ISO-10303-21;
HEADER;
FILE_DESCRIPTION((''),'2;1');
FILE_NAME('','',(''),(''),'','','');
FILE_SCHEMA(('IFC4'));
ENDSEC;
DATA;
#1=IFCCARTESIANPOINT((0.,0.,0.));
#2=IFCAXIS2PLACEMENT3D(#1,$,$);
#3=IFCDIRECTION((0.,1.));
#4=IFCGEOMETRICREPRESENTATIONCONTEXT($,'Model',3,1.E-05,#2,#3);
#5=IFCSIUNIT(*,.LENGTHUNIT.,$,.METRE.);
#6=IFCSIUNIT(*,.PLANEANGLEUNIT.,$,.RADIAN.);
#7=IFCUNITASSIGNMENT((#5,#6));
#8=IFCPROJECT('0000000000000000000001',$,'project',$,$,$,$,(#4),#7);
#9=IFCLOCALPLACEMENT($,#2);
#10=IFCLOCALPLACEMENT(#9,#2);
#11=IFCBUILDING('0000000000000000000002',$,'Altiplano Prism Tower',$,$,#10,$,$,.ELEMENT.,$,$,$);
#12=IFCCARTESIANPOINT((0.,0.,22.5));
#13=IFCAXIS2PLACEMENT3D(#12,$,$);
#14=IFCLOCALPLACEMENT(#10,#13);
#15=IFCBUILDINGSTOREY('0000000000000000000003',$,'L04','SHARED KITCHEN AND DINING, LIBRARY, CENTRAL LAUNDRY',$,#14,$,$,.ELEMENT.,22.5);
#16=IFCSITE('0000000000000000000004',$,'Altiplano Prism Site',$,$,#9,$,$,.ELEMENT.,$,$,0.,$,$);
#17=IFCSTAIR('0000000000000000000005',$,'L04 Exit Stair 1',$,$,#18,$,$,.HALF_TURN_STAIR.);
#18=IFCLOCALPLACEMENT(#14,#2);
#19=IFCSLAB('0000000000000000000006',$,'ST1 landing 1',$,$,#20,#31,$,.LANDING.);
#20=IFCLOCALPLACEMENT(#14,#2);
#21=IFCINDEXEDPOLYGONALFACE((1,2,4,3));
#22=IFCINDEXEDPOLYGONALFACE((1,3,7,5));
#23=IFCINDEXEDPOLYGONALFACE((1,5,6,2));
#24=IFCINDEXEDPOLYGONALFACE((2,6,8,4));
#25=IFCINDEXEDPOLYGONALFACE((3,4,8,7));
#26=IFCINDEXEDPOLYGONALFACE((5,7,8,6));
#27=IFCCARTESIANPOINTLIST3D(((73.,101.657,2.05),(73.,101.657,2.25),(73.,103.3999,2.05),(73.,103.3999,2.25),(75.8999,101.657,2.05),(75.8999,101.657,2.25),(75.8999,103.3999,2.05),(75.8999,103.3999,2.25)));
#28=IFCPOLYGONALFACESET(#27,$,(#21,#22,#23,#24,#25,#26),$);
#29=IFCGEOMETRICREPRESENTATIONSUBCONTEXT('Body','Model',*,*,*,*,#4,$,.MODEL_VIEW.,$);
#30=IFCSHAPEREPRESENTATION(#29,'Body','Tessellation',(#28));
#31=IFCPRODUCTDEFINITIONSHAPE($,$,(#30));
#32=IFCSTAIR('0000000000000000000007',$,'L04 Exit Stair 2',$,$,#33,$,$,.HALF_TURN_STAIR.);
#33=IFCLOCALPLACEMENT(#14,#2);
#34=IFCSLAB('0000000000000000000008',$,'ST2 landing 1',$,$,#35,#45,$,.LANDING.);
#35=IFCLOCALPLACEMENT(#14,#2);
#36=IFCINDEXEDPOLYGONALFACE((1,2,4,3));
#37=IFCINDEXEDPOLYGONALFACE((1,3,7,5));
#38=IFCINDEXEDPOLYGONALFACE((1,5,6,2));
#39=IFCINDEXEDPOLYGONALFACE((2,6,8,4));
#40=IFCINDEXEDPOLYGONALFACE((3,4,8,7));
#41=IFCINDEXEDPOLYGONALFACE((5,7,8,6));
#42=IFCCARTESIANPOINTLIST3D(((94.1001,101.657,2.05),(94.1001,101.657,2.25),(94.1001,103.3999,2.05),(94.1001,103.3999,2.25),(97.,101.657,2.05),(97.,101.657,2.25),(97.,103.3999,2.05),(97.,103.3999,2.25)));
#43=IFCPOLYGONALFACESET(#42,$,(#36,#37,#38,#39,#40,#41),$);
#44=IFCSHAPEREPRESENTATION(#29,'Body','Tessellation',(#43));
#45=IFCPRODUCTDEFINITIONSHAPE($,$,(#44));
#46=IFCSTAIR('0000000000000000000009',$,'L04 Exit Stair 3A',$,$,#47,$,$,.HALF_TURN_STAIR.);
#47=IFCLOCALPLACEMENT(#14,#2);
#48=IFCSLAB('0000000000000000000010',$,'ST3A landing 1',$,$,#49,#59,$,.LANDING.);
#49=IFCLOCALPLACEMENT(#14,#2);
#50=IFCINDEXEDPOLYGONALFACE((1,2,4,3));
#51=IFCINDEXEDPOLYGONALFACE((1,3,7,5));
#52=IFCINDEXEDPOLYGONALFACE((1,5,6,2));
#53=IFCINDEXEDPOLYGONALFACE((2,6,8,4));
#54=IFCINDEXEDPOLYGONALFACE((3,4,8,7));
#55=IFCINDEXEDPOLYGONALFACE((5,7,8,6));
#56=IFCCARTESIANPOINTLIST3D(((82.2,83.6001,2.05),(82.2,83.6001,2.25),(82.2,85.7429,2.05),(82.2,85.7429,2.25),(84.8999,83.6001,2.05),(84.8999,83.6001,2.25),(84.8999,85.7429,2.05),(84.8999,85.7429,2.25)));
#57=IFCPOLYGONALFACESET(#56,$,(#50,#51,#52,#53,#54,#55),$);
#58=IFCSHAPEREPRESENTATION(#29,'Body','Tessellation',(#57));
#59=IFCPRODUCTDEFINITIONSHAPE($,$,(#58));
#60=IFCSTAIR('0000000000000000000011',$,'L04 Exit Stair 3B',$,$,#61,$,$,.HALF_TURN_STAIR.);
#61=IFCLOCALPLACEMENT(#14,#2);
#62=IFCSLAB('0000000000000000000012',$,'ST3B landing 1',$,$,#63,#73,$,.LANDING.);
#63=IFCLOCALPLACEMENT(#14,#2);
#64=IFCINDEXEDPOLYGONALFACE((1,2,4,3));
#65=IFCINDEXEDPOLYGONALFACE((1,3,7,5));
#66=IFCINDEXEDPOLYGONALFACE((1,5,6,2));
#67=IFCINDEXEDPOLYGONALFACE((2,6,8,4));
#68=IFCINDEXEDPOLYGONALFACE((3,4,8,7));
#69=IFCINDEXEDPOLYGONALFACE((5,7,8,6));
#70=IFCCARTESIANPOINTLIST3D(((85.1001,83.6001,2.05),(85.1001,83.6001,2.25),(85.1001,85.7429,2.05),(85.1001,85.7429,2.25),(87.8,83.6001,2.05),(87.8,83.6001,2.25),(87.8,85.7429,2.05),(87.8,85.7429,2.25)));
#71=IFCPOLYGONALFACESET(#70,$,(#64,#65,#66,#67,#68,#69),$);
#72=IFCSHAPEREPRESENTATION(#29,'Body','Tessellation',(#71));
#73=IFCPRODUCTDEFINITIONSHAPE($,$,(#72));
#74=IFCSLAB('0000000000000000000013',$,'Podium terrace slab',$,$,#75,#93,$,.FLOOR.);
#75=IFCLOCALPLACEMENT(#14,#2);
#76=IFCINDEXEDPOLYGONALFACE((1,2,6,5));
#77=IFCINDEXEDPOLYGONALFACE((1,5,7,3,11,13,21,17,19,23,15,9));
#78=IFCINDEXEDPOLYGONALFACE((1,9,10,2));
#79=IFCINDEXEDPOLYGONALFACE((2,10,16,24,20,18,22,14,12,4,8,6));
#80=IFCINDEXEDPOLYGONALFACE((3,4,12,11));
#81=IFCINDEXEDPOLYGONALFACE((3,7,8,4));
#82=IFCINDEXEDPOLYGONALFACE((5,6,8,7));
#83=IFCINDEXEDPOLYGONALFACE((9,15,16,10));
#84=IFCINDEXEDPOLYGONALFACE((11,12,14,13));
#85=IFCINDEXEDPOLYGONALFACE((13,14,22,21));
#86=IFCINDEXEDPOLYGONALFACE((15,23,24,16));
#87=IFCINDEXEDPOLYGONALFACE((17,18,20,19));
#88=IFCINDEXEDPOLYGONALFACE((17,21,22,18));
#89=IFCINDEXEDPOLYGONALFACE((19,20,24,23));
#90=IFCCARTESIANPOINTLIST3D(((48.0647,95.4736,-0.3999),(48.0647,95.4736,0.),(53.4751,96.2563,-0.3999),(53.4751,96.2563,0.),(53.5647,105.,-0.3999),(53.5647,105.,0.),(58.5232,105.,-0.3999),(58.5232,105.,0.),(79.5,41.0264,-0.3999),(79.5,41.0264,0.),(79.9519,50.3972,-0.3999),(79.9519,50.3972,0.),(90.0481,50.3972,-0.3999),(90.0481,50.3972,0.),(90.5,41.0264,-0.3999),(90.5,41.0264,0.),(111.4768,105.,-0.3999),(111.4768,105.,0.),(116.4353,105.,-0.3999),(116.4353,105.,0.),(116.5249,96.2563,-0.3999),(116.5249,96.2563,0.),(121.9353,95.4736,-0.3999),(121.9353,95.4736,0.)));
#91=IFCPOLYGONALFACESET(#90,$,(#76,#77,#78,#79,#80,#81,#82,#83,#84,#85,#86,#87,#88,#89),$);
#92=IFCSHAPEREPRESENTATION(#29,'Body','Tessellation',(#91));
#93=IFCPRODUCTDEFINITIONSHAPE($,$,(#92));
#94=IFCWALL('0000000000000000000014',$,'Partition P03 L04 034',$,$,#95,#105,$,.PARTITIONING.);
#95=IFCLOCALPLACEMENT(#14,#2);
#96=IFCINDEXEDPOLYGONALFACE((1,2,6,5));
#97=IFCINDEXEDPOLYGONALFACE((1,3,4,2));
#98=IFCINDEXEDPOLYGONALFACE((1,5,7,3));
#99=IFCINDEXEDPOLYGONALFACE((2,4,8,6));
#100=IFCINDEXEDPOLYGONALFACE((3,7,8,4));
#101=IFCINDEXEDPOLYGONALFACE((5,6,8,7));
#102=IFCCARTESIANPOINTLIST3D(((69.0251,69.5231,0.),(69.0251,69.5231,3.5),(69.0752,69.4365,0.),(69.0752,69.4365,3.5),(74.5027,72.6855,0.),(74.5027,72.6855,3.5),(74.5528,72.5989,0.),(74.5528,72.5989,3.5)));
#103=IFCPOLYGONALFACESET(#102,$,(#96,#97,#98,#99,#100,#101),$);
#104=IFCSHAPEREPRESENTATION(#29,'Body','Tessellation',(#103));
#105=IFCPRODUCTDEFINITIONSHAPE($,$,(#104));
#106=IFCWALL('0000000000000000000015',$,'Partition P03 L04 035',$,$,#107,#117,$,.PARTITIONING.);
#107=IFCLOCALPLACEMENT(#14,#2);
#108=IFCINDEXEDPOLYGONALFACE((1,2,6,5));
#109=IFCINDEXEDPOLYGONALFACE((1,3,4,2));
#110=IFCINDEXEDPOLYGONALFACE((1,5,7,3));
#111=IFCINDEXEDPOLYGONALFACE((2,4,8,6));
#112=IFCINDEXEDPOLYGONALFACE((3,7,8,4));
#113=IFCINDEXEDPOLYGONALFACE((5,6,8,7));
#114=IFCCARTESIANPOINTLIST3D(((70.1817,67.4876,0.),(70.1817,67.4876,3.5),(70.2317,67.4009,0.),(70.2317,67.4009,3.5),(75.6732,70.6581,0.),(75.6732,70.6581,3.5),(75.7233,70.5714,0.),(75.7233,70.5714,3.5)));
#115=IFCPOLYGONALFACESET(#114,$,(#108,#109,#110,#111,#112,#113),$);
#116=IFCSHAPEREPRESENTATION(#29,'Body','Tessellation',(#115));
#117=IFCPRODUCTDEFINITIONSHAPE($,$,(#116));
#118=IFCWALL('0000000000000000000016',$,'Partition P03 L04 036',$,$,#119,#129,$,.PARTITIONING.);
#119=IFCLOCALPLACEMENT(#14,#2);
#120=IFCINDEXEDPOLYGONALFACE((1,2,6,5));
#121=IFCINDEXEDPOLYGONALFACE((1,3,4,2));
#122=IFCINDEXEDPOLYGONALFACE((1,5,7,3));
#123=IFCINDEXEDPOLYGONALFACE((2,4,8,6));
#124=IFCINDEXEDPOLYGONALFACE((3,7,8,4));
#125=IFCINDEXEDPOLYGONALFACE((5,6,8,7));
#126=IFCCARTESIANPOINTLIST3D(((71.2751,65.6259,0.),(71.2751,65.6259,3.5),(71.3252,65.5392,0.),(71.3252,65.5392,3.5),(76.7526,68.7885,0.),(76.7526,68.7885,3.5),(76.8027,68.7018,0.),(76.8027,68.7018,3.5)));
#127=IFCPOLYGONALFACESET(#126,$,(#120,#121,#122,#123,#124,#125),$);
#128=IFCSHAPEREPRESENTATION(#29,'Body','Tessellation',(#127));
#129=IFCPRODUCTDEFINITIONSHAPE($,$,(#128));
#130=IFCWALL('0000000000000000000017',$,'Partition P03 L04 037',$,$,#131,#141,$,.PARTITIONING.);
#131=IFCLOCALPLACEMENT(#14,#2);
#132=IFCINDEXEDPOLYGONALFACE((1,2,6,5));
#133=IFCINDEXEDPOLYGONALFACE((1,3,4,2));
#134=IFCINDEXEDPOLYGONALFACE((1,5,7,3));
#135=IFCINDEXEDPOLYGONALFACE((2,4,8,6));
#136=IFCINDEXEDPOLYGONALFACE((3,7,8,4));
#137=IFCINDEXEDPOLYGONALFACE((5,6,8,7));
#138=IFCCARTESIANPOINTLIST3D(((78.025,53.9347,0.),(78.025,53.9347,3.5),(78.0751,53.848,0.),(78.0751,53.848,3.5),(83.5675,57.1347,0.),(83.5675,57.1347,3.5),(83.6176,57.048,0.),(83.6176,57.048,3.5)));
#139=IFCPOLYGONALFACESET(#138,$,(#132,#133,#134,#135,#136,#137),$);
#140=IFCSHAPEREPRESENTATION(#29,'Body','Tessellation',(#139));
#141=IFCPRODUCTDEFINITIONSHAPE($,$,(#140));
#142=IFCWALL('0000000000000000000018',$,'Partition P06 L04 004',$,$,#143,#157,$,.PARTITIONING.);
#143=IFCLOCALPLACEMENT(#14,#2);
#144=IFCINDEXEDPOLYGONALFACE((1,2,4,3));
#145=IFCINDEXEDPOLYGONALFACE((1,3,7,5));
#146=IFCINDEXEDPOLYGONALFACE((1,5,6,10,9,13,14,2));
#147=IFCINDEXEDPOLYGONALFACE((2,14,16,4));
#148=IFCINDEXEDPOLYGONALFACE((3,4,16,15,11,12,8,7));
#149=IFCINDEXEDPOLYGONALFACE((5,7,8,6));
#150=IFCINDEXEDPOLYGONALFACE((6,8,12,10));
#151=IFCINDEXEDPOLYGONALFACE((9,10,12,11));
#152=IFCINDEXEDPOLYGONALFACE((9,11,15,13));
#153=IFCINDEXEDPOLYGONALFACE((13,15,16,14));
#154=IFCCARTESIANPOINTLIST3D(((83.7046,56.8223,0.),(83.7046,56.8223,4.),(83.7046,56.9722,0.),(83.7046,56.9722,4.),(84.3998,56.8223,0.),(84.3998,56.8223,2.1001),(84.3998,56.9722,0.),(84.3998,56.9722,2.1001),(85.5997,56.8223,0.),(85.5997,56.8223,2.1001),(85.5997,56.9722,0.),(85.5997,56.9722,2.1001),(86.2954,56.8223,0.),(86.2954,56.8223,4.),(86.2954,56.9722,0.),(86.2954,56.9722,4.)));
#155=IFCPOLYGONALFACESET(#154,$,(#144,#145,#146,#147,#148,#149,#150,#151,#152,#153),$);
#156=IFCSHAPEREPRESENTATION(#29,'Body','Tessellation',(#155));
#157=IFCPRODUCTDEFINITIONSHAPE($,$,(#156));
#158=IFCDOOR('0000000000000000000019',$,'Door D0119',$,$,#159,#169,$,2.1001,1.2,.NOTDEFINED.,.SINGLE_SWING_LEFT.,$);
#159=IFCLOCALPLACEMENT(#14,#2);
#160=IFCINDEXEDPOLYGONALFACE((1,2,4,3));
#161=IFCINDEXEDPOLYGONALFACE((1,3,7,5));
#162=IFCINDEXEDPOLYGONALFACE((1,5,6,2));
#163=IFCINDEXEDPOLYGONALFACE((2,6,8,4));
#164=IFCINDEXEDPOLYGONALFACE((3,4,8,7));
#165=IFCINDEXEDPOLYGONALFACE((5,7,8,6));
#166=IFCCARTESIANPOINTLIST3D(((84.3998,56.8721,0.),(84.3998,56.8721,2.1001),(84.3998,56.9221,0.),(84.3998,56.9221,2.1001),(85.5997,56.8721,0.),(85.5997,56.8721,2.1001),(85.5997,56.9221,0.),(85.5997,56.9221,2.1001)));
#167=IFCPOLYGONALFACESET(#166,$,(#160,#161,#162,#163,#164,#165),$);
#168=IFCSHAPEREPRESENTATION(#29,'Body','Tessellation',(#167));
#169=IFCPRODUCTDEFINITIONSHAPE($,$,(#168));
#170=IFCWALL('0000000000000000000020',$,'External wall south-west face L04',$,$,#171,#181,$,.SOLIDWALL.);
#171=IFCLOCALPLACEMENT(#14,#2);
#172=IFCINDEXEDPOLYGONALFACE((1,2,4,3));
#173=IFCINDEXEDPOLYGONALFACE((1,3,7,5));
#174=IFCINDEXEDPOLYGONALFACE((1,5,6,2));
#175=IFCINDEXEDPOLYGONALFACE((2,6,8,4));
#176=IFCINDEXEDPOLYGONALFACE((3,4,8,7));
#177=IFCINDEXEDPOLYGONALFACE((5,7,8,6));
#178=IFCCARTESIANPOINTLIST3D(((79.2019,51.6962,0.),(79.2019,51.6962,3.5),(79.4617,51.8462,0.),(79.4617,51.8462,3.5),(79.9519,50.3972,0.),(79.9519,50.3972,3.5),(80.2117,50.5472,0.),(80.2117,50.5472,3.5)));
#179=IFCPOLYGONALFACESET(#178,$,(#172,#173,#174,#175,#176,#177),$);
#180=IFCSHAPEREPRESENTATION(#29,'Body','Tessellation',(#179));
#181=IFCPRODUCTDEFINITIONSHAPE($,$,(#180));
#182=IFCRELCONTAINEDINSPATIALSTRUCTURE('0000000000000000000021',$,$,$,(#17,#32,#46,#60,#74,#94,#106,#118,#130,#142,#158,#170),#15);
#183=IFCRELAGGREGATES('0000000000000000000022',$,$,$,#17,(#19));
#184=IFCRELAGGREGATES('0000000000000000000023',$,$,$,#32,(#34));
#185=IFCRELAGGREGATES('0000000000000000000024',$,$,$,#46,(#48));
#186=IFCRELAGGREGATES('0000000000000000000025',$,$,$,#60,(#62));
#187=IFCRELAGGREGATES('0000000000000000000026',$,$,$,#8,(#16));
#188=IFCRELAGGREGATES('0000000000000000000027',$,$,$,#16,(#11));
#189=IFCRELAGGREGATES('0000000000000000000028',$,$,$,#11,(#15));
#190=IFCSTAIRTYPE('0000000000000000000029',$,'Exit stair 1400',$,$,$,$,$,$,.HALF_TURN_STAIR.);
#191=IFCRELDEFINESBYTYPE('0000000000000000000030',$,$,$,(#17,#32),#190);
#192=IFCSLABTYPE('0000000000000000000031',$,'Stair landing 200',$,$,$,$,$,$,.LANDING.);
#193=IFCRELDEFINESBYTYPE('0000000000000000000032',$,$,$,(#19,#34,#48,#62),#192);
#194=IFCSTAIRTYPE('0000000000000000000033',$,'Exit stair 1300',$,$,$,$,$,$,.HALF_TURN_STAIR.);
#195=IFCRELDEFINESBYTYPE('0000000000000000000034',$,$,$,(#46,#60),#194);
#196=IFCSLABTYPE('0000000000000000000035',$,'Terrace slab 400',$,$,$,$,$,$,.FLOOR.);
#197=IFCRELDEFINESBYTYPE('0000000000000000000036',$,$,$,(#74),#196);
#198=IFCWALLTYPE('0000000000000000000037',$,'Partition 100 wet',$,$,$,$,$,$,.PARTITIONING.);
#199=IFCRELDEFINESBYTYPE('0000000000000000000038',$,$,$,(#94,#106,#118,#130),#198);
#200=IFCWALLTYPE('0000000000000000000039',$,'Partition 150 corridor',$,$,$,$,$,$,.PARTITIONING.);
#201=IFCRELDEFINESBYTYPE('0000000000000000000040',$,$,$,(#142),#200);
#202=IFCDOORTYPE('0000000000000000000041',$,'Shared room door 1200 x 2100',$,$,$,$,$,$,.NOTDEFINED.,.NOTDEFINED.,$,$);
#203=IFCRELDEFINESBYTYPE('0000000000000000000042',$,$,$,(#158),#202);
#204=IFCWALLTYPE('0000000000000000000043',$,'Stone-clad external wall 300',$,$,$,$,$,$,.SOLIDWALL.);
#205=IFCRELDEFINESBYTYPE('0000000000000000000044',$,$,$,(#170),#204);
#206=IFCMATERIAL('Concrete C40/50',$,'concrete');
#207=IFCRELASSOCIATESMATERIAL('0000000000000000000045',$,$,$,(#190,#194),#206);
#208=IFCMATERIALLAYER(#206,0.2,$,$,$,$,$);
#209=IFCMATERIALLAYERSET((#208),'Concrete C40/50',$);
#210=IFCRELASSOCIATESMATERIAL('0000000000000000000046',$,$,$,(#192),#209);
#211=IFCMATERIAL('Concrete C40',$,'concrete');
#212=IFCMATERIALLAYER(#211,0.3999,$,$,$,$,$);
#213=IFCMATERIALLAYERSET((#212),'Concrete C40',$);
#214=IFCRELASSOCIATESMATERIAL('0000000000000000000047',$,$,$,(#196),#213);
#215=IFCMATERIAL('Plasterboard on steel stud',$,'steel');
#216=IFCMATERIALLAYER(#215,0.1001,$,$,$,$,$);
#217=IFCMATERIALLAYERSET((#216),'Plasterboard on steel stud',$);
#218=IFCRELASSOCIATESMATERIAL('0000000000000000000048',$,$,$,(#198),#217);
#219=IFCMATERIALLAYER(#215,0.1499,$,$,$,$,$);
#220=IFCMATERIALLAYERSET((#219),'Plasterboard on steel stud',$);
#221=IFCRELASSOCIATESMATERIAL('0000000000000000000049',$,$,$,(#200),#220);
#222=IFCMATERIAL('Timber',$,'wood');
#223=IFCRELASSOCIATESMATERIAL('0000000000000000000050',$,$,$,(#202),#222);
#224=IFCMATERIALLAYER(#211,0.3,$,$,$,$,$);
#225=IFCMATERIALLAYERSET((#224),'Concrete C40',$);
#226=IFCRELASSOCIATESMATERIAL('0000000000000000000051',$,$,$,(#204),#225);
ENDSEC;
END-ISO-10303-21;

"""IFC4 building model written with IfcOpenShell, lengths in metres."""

from ifc_helpers import new_model, si_unit, direction, frame, frame_2d, origin, place, context, subcontext, project, spatial, polyline, rectangle, outline, extrude, material, layer, layer_set, type_object, element, fill, aggregate, save


model = new_model("IFC4")

# Units and contexts
model_context = context("Model", 3, precision=1e-05, world=origin(), true_north=direction((0.0, 1.0)))
body_context = subcontext(model_context, "Body", "Model", "MODEL_VIEW")
ifc_project = project(units=[si_unit("LENGTHUNIT", "METRE"), si_unit("PLANEANGLEUNIT", "RADIAN")], contexts=[model_context])

# Site, building, storey
site_placement = place(None, origin())
site = spatial("IfcSite", under=ifc_project, at=site_placement, Name="Altiplano Prism Site", CompositionType="ELEMENT", RefElevation=0.0)
building_placement = place(site_placement, origin())
building = spatial("IfcBuilding", under=site, at=building_placement, Name="Altiplano Prism Tower", CompositionType="ELEMENT")
storey_placement = place(building_placement, frame((0.0, 0.0, 22.5)))
storey = spatial("IfcBuildingStorey", under=building, at=storey_placement, Name="L04", Description="SHARED KITCHEN AND DINING, LIBRARY, CENTRAL LAUNDRY", CompositionType="ELEMENT", Elevation=22.5)

# Shared definitions
ifc_material_1 = material(Name="Concrete C40/50", Category="concrete")

# Stairs, slabs
stair_type_1 = type_object("IfcStairType", Name="Exit stair 1400", PredefinedType="HALF_TURN_STAIR", material=ifc_material_1)
stair_1_placement = place(storey_placement, origin())
stair_1 = element("IfcStair", 1, at=stair_1_placement, inside=storey, type_object=stair_type_1, Name="L04 Exit Stair 1", PredefinedType="HALF_TURN_STAIR")
ifc_layer_1 = layer(ifc_material_1, 0.2)
ifc_layer_set_1 = layer_set([ifc_layer_1], Name="Concrete C40/50")
slab_type_1 = type_object("IfcSlabType", Name="Stair landing 200", PredefinedType="LANDING", material=ifc_layer_set_1)
slab_1_placement = place(storey_placement, frame((0.0, 0.0, 2.05)))
slab_1 = element("IfcSlab", 2, at=slab_1_placement, type_object=slab_type_1, Name="ST1 landing 1", PredefinedType="LANDING", context=body_context, shape_type="SweptSolid", body=[
    extrude(outline(polyline([(75.8999, 101.657), (75.8999, 103.3999), (73.0, 103.3999), (73.0, 101.657), (75.8999, 101.657)])), origin(), (0.0, 0.0, 1.0), 0.2),
])
aggregate(stair_1, [slab_1])
stair_2_placement = place(storey_placement, origin())
stair_2 = element("IfcStair", 3, at=stair_2_placement, inside=storey, type_object=stair_type_1, Name="L04 Exit Stair 2", PredefinedType="HALF_TURN_STAIR")
slab_2_placement = place(storey_placement, frame((0.0, 0.0, 2.05)))
slab_2 = element("IfcSlab", 4, at=slab_2_placement, type_object=slab_type_1, Name="ST2 landing 1", PredefinedType="LANDING", context=body_context, shape_type="SweptSolid", body=[
    extrude(outline(polyline([(97.0, 101.657), (97.0, 103.3999), (94.1001, 103.3999), (94.1001, 101.657), (97.0, 101.657)])), origin(), (0.0, 0.0, 1.0), 0.2),
])
aggregate(stair_2, [slab_2])
stair_type_2 = type_object("IfcStairType", Name="Exit stair 1300", PredefinedType="HALF_TURN_STAIR", material=ifc_material_1)
stair_3_placement = place(storey_placement, origin())
stair_3 = element("IfcStair", 5, at=stair_3_placement, inside=storey, type_object=stair_type_2, Name="L04 Exit Stair 3A", PredefinedType="HALF_TURN_STAIR")
slab_3_placement = place(storey_placement, frame((0.0, 0.0, 2.05)))
slab_3 = element("IfcSlab", 6, at=slab_3_placement, type_object=slab_type_1, Name="ST3A landing 1", PredefinedType="LANDING", context=body_context, shape_type="SweptSolid", body=[
    extrude(outline(polyline([(82.2, 85.7429), (82.2, 83.6001), (84.8999, 83.6001), (84.8999, 85.7429), (82.2, 85.7429)])), origin(), (0.0, 0.0, 1.0), 0.2),
])
aggregate(stair_3, [slab_3])
stair_4_placement = place(storey_placement, origin())
stair_4 = element("IfcStair", 7, at=stair_4_placement, inside=storey, type_object=stair_type_2, Name="L04 Exit Stair 3B", PredefinedType="HALF_TURN_STAIR")
slab_4_placement = place(storey_placement, frame((0.0, 0.0, 2.05)))
slab_4 = element("IfcSlab", 8, at=slab_4_placement, type_object=slab_type_1, Name="ST3B landing 1", PredefinedType="LANDING", context=body_context, shape_type="SweptSolid", body=[
    extrude(outline(polyline([(85.1001, 85.7429), (85.1001, 83.6001), (87.8, 83.6001), (87.8, 85.7429), (85.1001, 85.7429)])), origin(), (0.0, 0.0, 1.0), 0.2),
])
aggregate(stair_4, [slab_4])

# Slab
ifc_material_2 = material(Name="Concrete C40", Category="concrete")
ifc_layer_2 = layer(ifc_material_2, 0.3999)
ifc_layer_set_2 = layer_set([ifc_layer_2], Name="Concrete C40")
slab_type_2 = type_object("IfcSlabType", Name="Terrace slab 400", PredefinedType="FLOOR", material=ifc_layer_set_2)
slab_5_placement = place(storey_placement, frame((0.0, 0.0, -0.3999)))
element("IfcSlab", 9, at=slab_5_placement, inside=storey, type_object=slab_type_2, Name="Podium terrace slab", PredefinedType="FLOOR", context=body_context, shape_type="SweptSolid", body=[
    extrude(outline(polyline([(111.4768, 105.0), (116.5249, 96.2563), (90.0481, 50.3972), (79.9519, 50.3972), (53.4751, 96.2563), (58.5232, 105.0), (53.5647, 105.0), (48.0647, 95.4736), (79.5, 41.0264), (90.5, 41.0264), (121.9353, 95.4736), (116.4353, 105.0), (111.4768, 105.0)])), origin(), (0.0, 0.0, 1.0), 0.3999),
])

# Walls
ifc_material_3 = material(Name="Plasterboard on steel stud", Category="steel")
ifc_layer_3 = layer(ifc_material_3, 0.1001)
ifc_layer_set_3 = layer_set([ifc_layer_3], Name="Plasterboard on steel stud")
wall_type_1 = type_object("IfcWallType", Name="Partition 100 wet", PredefinedType="PARTITIONING", material=ifc_layer_set_3)
wall_1_placement = place(storey_placement, frame((69.05, 69.4797, 0.0), z_axis=(0.0, 0.0, 1.0), x_axis=(0.866033, 0.499988, 0.0)))
element("IfcWall", 10, at=wall_1_placement, inside=storey, type_object=wall_type_1, Name="Partition P03 L04 034", PredefinedType="PARTITIONING", context=body_context, shape_type="SweptSolid", body=[
    extrude(rectangle(XDim=6.325, YDim=0.1001, at=frame_2d((3.1626, 0.0))), origin(), (0.0, 0.0, 1.0), 3.5),
])
wall_2_placement = place(storey_placement, frame((70.2068, 67.4443, 0.0), z_axis=(0.0, 0.0, 1.0), x_axis=(0.866031, 0.49999, 0.0)))
element("IfcWall", 11, at=wall_2_placement, inside=storey, type_object=wall_type_1, Name="Partition P03 L04 035", PredefinedType="PARTITIONING", context=body_context, shape_type="SweptSolid", body=[
    extrude(rectangle(XDim=6.3411, YDim=0.1001, at=frame_2d((3.1704, 0.0))), origin(), (0.0, 0.0, 1.0), 3.5),
])
wall_3_placement = place(storey_placement, frame((71.3, 65.5825, 0.0), z_axis=(0.0, 0.0, 1.0), x_axis=(0.866016, 0.500016, 0.0)))
element("IfcWall", 12, at=wall_3_placement, inside=storey, type_object=wall_type_1, Name="Partition P03 L04 036", PredefinedType="PARTITIONING", context=body_context, shape_type="SweptSolid", body=[
    extrude(rectangle(XDim=6.325, YDim=0.1001, at=frame_2d((3.1626, 0.0))), origin(), (0.0, 0.0, 1.0), 3.5),
])
wall_4_placement = place(storey_placement, frame((78.05, 53.8914, 0.0), z_axis=(0.0, 0.0, 1.0), x_axis=(0.866025, 0.5, 0.0)))
element("IfcWall", 13, at=wall_4_placement, inside=storey, type_object=wall_type_1, Name="Partition P03 L04 037", PredefinedType="PARTITIONING", context=body_context, shape_type="SweptSolid", body=[
    extrude(rectangle(XDim=6.3999, YDim=0.1001, at=frame_2d((3.2, 0.0))), origin(), (0.0, 0.0, 1.0), 3.5),
])

# Wall, opening, door
ifc_layer_4 = layer(ifc_material_3, 0.1499)
ifc_layer_set_4 = layer_set([ifc_layer_4], Name="Plasterboard on steel stud")
wall_type_2 = type_object("IfcWallType", Name="Partition 150 corridor", PredefinedType="PARTITIONING", material=ifc_layer_set_4)
wall_5_placement = place(storey_placement, frame((83.7046, 56.8972, 0.0), z_axis=(0.0, 0.0, 1.0), x_axis=(1.0, 0.0, 0.0)))
wall_5 = element("IfcWall", 14, at=wall_5_placement, inside=storey, type_object=wall_type_2, Name="Partition P06 L04 004", PredefinedType="PARTITIONING", context=body_context, shape_type="SweptSolid", body=[
    extrude(rectangle(XDim=2.5908, YDim=0.1499, at=frame_2d((1.2954, 0.0))), origin(), (0.0, 0.0, 1.0), 4.0),
])
opening_placement = place(wall_5_placement, frame((0.6951, 0.0, 0.0)))
opening = element("IfcOpeningElement", 15, at=opening_placement, cuts=wall_5, PredefinedType="OPENING", context=body_context, shape_type="SweptSolid", body=[
    extrude(rectangle(XDim=1.2, YDim=2.1001, at=frame_2d((0.6001, 1.05))), frame((0.0, 0.0854, 0.0), z_axis=(0.0, -1.0, 0.0), x_axis=(1.0, 0.0, 0.0)), (0.0, 0.0, 1.0), 0.1709),
])
ifc_material_4 = material(Name="Timber", Category="wood")
door_type = type_object("IfcDoorType", Name="Shared room door 1200 x 2100", OperationType="NOTDEFINED", PredefinedType="NOTDEFINED", material=ifc_material_4)
door_placement = place(opening_placement, origin())
door = element("IfcDoor", 16, at=door_placement, inside=storey, type_object=door_type, Name="Door D0119", OperationType="SINGLE_SWING_LEFT", OverallHeight=2.1001, OverallWidth=1.2, PredefinedType="NOTDEFINED", context=body_context, shape_type="SweptSolid", body=[
    extrude(rectangle(XDim=1.2, YDim=2.1001, at=frame_2d((0.6001, 1.05))), frame((0.0, 0.0249, 0.0), z_axis=(0.0, -1.0, 0.0), x_axis=(1.0, 0.0, 0.0)), (0.0, 0.0, 1.0), 0.05),
])
fill(opening, door)

# Wall
ifc_layer_5 = layer(ifc_material_2, 0.3)
ifc_layer_set_5 = layer_set([ifc_layer_5], Name="Concrete C40")
wall_type_3 = type_object("IfcWallType", Name="Stone-clad external wall 300", PredefinedType="SOLIDWALL", material=ifc_layer_set_5)
wall_6_placement = place(storey_placement, frame((80.0818, 50.4722, 0.0), z_axis=(0.0, 0.0, 1.0), x_axis=(-0.49999, 0.866031, 0.0)))
element("IfcWall", 17, at=wall_6_placement, inside=storey, type_object=wall_type_3, Name="External wall south-west face L04", PredefinedType="SOLIDWALL", context=body_context, shape_type="SweptSolid", body=[
    extrude(rectangle(XDim=1.5, YDim=0.3, at=frame_2d((0.75, 0.0))), origin(), (0.0, 0.0, 1.0), 3.5),
])

save(model, "model.ifc")
